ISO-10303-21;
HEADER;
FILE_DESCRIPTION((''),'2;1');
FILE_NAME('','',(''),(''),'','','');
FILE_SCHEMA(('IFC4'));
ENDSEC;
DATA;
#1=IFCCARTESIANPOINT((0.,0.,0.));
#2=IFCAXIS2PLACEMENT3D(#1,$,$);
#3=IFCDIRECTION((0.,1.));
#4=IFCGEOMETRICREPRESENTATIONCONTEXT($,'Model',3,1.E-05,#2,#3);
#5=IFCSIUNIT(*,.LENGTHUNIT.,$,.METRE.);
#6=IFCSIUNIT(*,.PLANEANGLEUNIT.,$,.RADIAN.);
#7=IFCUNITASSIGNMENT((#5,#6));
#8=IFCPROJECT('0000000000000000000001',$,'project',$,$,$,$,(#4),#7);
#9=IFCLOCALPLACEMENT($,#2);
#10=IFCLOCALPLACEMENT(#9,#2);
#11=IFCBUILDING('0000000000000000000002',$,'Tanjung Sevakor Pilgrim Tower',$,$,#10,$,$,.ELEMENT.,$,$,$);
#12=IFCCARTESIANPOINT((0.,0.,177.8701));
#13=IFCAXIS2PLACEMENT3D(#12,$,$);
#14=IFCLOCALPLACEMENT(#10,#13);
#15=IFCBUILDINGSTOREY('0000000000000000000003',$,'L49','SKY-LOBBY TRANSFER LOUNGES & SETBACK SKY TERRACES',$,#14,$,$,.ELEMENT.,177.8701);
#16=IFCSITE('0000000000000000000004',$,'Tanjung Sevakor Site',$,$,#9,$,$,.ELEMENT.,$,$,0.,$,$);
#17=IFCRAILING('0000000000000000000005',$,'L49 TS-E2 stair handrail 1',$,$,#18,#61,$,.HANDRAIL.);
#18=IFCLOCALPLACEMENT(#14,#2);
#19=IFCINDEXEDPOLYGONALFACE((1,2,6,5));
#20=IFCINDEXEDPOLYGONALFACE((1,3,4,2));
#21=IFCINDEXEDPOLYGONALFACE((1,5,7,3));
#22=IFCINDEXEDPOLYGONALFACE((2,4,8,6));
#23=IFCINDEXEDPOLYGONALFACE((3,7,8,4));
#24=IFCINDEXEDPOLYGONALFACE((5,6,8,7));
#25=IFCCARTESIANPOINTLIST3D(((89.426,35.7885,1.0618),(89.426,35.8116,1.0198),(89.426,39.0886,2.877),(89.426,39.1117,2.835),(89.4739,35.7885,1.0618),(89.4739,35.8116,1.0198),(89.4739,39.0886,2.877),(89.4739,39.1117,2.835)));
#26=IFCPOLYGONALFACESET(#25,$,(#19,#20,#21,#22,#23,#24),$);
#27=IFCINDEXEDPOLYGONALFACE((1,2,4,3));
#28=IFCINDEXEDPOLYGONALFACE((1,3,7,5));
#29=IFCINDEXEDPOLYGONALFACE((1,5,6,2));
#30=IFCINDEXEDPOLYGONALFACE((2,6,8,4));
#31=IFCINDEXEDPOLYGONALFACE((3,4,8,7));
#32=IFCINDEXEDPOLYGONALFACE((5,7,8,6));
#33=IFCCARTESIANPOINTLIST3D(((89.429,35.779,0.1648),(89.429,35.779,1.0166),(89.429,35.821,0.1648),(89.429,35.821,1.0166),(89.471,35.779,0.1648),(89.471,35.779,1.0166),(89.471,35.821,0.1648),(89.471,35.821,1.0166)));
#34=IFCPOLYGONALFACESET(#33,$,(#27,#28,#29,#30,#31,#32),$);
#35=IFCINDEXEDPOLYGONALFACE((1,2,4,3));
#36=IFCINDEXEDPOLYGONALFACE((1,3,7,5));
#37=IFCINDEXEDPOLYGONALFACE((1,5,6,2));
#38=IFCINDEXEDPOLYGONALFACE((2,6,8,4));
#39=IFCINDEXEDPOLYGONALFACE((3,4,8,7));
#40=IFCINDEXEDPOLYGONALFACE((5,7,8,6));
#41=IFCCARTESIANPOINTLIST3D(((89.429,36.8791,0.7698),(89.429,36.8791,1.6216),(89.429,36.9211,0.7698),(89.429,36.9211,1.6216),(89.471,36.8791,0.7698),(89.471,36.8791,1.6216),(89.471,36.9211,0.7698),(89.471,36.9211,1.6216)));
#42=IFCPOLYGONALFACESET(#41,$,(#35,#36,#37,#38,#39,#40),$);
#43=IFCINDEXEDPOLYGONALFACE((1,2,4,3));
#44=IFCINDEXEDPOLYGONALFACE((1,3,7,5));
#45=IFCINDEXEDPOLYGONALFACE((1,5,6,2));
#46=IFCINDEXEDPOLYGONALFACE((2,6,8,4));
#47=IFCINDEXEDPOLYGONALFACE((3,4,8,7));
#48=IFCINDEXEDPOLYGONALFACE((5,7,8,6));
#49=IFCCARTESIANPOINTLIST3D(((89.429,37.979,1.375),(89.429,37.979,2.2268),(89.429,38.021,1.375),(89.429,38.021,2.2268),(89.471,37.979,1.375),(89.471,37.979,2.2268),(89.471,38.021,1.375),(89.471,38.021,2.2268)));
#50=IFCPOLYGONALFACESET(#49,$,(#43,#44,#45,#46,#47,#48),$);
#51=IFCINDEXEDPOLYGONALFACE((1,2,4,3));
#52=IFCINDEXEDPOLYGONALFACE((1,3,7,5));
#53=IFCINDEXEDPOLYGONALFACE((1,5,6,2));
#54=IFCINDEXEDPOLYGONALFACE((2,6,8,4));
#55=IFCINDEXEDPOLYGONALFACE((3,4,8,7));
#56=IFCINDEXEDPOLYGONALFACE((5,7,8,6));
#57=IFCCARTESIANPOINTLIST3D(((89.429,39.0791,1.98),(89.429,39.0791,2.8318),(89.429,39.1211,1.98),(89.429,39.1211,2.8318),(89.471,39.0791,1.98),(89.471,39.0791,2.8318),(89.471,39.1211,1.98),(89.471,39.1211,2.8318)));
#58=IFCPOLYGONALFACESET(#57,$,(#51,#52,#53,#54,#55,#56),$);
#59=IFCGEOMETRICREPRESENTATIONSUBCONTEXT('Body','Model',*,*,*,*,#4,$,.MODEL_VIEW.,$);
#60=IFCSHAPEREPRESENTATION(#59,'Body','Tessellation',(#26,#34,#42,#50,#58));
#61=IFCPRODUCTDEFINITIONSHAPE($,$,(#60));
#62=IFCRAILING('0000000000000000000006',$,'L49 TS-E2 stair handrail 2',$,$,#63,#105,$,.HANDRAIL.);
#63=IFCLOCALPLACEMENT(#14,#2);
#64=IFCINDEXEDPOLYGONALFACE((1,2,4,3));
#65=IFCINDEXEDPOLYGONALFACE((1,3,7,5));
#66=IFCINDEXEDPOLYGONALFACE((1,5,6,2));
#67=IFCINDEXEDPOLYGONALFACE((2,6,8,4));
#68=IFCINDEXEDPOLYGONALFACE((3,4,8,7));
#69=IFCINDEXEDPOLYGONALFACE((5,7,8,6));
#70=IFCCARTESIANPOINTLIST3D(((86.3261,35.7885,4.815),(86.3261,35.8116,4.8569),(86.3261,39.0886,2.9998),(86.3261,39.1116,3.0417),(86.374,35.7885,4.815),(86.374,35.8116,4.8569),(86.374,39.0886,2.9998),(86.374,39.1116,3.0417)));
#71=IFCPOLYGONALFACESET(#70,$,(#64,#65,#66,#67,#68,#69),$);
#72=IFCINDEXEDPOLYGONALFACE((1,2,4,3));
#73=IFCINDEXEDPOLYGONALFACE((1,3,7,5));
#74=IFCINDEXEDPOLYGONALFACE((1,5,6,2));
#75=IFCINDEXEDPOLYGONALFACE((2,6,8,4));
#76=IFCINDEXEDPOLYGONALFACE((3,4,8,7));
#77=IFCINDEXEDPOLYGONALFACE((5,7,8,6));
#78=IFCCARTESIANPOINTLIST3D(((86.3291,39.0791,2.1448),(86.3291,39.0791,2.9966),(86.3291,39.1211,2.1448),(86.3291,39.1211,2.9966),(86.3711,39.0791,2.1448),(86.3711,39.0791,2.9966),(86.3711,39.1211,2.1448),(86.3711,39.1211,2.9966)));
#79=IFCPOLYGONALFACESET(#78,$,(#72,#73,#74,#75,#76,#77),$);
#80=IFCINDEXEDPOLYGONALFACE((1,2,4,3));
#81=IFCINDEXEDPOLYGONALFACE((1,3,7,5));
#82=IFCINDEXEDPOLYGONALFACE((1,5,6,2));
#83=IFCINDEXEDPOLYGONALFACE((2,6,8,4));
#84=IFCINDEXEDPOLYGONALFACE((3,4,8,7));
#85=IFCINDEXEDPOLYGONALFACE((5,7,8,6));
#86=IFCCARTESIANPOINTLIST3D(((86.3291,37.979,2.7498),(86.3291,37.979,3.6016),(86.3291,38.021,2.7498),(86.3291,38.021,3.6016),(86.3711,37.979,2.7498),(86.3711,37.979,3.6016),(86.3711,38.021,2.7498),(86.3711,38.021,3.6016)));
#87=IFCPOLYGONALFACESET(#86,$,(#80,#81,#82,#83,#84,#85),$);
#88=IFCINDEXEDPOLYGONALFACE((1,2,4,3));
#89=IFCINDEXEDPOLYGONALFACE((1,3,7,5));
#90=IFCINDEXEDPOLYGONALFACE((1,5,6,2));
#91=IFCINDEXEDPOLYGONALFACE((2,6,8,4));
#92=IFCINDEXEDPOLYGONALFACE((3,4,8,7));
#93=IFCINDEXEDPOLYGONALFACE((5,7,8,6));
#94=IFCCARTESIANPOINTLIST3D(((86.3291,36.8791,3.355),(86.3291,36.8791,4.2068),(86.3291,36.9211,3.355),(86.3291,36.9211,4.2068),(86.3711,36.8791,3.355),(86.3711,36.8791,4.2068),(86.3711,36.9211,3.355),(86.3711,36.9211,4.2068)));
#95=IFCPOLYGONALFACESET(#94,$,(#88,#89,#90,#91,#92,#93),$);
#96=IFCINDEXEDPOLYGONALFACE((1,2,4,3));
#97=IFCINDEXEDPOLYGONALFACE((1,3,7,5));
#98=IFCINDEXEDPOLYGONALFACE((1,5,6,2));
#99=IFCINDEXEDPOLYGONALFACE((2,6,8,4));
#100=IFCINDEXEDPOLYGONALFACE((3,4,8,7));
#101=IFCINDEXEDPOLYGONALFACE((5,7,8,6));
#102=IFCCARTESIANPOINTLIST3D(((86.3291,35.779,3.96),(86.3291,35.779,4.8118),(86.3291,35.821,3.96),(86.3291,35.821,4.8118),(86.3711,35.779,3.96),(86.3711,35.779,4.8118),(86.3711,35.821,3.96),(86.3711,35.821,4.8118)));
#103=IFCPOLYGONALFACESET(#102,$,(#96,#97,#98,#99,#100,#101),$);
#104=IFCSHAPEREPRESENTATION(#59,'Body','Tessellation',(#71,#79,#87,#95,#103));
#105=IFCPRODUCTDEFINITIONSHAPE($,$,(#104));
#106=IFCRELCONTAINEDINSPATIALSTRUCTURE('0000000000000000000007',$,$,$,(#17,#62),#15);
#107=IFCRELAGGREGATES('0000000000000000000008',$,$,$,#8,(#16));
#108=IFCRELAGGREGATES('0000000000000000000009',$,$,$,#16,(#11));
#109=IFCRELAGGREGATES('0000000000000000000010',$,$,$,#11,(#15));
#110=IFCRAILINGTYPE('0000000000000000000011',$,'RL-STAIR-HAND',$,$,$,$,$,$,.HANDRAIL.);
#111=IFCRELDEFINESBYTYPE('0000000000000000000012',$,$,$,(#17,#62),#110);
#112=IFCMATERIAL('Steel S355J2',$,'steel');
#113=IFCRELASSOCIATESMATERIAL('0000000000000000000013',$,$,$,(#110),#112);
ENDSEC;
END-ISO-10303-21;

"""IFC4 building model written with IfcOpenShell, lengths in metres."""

from ifc_helpers import new_model, si_unit, direction, frame, origin, place, context, subcontext, project, spatial, rectangle, extrude, material, type_object, element, save


model = new_model("IFC4")

# Units and contexts
model_context = context("Model", 3, precision=1e-05, world=origin(), true_north=direction((0.0, 1.0)))
body_context = subcontext(model_context, "Body", "Model", "MODEL_VIEW")
ifc_project = project(units=[si_unit("LENGTHUNIT", "METRE"), si_unit("PLANEANGLEUNIT", "RADIAN")], contexts=[model_context])

# Site, building, storey
site_placement = place(None, origin())
site = spatial("IfcSite", under=ifc_project, at=site_placement, Name="Tanjung Sevakor Site", CompositionType="ELEMENT", RefElevation=0.0)
building_placement = place(site_placement, origin())
building = spatial("IfcBuilding", under=site, at=building_placement, Name="Tanjung Sevakor Pilgrim Tower", CompositionType="ELEMENT")
storey_placement = place(building_placement, frame((0.0, 0.0, 177.8701)))
storey = spatial("IfcBuildingStorey", under=building, at=storey_placement, Name="L49", Description="SKY-LOBBY TRANSFER LOUNGES & SETBACK SKY TERRACES", CompositionType="ELEMENT", Elevation=177.8701)

# Railings
ifc_material_1 = material(Name="Steel S355J2", Category="steel")
railing_type_1 = type_object("IfcRailingType", Name="RL-STAIR-HAND", PredefinedType="HANDRAIL", material=ifc_material_1)
railing_1_placement = place(storey_placement, frame((89.45, 35.8, 0.1648)))
element("IfcRailing", 1, at=railing_1_placement, inside=storey, type_object=railing_type_1, Name="L49 TS-E2 stair handrail 1", PredefinedType="HANDRAIL", context=body_context, shape_type="SweptSolid", body=[
    extrude(rectangle(XDim=0.0479, YDim=0.0479), frame((0.0, 0.0, 0.876), z_axis=(0.0, 0.876198, 0.481951), x_axis=(-1.0, 0.0, 0.0)), (0.0, 0.0, 1.0), 3.7664),
    extrude(rectangle(XDim=0.042, YDim=0.042), origin(), (0.0, 0.0, 1.0), 0.8518),
    extrude(rectangle(XDim=0.042, YDim=0.042), frame((0.0, 1.1001, 0.605)), (0.0, 0.0, 1.0), 0.8518),
    extrude(rectangle(XDim=0.042, YDim=0.042), frame((0.0, 2.2, 1.2102)), (0.0, 0.0, 1.0), 0.8518),
    extrude(rectangle(XDim=0.042, YDim=0.042), frame((0.0, 3.3, 1.8152)), (0.0, 0.0, 1.0), 0.8518),
])
railing_2_placement = place(storey_placement, frame((86.3501, 39.1001, 2.1448)))
element("IfcRailing", 2, at=railing_2_placement, inside=storey, type_object=railing_type_1, Name="L49 TS-E2 stair handrail 2", PredefinedType="HANDRAIL", context=body_context, shape_type="SweptSolid", body=[
    extrude(rectangle(XDim=0.0479, YDim=0.0479), frame((0.0, 0.0, 0.876), z_axis=(0.0, -0.876198, 0.481951), x_axis=(1.0, 0.0, 0.0)), (0.0, 0.0, 1.0), 3.7664),
    extrude(rectangle(XDim=0.042, YDim=0.042), origin(), (0.0, 0.0, 1.0), 0.8518),
    extrude(rectangle(XDim=0.042, YDim=0.042), frame((0.0, -1.1001, 0.605)), (0.0, 0.0, 1.0), 0.8518),
    extrude(rectangle(XDim=0.042, YDim=0.042), frame((0.0, -2.2, 1.2102)), (0.0, 0.0, 1.0), 0.8518),
    extrude(rectangle(XDim=0.042, YDim=0.042), frame((0.0, -3.3, 1.8152)), (0.0, 0.0, 1.0), 0.8518),
])

save(model, "model.ifc")
